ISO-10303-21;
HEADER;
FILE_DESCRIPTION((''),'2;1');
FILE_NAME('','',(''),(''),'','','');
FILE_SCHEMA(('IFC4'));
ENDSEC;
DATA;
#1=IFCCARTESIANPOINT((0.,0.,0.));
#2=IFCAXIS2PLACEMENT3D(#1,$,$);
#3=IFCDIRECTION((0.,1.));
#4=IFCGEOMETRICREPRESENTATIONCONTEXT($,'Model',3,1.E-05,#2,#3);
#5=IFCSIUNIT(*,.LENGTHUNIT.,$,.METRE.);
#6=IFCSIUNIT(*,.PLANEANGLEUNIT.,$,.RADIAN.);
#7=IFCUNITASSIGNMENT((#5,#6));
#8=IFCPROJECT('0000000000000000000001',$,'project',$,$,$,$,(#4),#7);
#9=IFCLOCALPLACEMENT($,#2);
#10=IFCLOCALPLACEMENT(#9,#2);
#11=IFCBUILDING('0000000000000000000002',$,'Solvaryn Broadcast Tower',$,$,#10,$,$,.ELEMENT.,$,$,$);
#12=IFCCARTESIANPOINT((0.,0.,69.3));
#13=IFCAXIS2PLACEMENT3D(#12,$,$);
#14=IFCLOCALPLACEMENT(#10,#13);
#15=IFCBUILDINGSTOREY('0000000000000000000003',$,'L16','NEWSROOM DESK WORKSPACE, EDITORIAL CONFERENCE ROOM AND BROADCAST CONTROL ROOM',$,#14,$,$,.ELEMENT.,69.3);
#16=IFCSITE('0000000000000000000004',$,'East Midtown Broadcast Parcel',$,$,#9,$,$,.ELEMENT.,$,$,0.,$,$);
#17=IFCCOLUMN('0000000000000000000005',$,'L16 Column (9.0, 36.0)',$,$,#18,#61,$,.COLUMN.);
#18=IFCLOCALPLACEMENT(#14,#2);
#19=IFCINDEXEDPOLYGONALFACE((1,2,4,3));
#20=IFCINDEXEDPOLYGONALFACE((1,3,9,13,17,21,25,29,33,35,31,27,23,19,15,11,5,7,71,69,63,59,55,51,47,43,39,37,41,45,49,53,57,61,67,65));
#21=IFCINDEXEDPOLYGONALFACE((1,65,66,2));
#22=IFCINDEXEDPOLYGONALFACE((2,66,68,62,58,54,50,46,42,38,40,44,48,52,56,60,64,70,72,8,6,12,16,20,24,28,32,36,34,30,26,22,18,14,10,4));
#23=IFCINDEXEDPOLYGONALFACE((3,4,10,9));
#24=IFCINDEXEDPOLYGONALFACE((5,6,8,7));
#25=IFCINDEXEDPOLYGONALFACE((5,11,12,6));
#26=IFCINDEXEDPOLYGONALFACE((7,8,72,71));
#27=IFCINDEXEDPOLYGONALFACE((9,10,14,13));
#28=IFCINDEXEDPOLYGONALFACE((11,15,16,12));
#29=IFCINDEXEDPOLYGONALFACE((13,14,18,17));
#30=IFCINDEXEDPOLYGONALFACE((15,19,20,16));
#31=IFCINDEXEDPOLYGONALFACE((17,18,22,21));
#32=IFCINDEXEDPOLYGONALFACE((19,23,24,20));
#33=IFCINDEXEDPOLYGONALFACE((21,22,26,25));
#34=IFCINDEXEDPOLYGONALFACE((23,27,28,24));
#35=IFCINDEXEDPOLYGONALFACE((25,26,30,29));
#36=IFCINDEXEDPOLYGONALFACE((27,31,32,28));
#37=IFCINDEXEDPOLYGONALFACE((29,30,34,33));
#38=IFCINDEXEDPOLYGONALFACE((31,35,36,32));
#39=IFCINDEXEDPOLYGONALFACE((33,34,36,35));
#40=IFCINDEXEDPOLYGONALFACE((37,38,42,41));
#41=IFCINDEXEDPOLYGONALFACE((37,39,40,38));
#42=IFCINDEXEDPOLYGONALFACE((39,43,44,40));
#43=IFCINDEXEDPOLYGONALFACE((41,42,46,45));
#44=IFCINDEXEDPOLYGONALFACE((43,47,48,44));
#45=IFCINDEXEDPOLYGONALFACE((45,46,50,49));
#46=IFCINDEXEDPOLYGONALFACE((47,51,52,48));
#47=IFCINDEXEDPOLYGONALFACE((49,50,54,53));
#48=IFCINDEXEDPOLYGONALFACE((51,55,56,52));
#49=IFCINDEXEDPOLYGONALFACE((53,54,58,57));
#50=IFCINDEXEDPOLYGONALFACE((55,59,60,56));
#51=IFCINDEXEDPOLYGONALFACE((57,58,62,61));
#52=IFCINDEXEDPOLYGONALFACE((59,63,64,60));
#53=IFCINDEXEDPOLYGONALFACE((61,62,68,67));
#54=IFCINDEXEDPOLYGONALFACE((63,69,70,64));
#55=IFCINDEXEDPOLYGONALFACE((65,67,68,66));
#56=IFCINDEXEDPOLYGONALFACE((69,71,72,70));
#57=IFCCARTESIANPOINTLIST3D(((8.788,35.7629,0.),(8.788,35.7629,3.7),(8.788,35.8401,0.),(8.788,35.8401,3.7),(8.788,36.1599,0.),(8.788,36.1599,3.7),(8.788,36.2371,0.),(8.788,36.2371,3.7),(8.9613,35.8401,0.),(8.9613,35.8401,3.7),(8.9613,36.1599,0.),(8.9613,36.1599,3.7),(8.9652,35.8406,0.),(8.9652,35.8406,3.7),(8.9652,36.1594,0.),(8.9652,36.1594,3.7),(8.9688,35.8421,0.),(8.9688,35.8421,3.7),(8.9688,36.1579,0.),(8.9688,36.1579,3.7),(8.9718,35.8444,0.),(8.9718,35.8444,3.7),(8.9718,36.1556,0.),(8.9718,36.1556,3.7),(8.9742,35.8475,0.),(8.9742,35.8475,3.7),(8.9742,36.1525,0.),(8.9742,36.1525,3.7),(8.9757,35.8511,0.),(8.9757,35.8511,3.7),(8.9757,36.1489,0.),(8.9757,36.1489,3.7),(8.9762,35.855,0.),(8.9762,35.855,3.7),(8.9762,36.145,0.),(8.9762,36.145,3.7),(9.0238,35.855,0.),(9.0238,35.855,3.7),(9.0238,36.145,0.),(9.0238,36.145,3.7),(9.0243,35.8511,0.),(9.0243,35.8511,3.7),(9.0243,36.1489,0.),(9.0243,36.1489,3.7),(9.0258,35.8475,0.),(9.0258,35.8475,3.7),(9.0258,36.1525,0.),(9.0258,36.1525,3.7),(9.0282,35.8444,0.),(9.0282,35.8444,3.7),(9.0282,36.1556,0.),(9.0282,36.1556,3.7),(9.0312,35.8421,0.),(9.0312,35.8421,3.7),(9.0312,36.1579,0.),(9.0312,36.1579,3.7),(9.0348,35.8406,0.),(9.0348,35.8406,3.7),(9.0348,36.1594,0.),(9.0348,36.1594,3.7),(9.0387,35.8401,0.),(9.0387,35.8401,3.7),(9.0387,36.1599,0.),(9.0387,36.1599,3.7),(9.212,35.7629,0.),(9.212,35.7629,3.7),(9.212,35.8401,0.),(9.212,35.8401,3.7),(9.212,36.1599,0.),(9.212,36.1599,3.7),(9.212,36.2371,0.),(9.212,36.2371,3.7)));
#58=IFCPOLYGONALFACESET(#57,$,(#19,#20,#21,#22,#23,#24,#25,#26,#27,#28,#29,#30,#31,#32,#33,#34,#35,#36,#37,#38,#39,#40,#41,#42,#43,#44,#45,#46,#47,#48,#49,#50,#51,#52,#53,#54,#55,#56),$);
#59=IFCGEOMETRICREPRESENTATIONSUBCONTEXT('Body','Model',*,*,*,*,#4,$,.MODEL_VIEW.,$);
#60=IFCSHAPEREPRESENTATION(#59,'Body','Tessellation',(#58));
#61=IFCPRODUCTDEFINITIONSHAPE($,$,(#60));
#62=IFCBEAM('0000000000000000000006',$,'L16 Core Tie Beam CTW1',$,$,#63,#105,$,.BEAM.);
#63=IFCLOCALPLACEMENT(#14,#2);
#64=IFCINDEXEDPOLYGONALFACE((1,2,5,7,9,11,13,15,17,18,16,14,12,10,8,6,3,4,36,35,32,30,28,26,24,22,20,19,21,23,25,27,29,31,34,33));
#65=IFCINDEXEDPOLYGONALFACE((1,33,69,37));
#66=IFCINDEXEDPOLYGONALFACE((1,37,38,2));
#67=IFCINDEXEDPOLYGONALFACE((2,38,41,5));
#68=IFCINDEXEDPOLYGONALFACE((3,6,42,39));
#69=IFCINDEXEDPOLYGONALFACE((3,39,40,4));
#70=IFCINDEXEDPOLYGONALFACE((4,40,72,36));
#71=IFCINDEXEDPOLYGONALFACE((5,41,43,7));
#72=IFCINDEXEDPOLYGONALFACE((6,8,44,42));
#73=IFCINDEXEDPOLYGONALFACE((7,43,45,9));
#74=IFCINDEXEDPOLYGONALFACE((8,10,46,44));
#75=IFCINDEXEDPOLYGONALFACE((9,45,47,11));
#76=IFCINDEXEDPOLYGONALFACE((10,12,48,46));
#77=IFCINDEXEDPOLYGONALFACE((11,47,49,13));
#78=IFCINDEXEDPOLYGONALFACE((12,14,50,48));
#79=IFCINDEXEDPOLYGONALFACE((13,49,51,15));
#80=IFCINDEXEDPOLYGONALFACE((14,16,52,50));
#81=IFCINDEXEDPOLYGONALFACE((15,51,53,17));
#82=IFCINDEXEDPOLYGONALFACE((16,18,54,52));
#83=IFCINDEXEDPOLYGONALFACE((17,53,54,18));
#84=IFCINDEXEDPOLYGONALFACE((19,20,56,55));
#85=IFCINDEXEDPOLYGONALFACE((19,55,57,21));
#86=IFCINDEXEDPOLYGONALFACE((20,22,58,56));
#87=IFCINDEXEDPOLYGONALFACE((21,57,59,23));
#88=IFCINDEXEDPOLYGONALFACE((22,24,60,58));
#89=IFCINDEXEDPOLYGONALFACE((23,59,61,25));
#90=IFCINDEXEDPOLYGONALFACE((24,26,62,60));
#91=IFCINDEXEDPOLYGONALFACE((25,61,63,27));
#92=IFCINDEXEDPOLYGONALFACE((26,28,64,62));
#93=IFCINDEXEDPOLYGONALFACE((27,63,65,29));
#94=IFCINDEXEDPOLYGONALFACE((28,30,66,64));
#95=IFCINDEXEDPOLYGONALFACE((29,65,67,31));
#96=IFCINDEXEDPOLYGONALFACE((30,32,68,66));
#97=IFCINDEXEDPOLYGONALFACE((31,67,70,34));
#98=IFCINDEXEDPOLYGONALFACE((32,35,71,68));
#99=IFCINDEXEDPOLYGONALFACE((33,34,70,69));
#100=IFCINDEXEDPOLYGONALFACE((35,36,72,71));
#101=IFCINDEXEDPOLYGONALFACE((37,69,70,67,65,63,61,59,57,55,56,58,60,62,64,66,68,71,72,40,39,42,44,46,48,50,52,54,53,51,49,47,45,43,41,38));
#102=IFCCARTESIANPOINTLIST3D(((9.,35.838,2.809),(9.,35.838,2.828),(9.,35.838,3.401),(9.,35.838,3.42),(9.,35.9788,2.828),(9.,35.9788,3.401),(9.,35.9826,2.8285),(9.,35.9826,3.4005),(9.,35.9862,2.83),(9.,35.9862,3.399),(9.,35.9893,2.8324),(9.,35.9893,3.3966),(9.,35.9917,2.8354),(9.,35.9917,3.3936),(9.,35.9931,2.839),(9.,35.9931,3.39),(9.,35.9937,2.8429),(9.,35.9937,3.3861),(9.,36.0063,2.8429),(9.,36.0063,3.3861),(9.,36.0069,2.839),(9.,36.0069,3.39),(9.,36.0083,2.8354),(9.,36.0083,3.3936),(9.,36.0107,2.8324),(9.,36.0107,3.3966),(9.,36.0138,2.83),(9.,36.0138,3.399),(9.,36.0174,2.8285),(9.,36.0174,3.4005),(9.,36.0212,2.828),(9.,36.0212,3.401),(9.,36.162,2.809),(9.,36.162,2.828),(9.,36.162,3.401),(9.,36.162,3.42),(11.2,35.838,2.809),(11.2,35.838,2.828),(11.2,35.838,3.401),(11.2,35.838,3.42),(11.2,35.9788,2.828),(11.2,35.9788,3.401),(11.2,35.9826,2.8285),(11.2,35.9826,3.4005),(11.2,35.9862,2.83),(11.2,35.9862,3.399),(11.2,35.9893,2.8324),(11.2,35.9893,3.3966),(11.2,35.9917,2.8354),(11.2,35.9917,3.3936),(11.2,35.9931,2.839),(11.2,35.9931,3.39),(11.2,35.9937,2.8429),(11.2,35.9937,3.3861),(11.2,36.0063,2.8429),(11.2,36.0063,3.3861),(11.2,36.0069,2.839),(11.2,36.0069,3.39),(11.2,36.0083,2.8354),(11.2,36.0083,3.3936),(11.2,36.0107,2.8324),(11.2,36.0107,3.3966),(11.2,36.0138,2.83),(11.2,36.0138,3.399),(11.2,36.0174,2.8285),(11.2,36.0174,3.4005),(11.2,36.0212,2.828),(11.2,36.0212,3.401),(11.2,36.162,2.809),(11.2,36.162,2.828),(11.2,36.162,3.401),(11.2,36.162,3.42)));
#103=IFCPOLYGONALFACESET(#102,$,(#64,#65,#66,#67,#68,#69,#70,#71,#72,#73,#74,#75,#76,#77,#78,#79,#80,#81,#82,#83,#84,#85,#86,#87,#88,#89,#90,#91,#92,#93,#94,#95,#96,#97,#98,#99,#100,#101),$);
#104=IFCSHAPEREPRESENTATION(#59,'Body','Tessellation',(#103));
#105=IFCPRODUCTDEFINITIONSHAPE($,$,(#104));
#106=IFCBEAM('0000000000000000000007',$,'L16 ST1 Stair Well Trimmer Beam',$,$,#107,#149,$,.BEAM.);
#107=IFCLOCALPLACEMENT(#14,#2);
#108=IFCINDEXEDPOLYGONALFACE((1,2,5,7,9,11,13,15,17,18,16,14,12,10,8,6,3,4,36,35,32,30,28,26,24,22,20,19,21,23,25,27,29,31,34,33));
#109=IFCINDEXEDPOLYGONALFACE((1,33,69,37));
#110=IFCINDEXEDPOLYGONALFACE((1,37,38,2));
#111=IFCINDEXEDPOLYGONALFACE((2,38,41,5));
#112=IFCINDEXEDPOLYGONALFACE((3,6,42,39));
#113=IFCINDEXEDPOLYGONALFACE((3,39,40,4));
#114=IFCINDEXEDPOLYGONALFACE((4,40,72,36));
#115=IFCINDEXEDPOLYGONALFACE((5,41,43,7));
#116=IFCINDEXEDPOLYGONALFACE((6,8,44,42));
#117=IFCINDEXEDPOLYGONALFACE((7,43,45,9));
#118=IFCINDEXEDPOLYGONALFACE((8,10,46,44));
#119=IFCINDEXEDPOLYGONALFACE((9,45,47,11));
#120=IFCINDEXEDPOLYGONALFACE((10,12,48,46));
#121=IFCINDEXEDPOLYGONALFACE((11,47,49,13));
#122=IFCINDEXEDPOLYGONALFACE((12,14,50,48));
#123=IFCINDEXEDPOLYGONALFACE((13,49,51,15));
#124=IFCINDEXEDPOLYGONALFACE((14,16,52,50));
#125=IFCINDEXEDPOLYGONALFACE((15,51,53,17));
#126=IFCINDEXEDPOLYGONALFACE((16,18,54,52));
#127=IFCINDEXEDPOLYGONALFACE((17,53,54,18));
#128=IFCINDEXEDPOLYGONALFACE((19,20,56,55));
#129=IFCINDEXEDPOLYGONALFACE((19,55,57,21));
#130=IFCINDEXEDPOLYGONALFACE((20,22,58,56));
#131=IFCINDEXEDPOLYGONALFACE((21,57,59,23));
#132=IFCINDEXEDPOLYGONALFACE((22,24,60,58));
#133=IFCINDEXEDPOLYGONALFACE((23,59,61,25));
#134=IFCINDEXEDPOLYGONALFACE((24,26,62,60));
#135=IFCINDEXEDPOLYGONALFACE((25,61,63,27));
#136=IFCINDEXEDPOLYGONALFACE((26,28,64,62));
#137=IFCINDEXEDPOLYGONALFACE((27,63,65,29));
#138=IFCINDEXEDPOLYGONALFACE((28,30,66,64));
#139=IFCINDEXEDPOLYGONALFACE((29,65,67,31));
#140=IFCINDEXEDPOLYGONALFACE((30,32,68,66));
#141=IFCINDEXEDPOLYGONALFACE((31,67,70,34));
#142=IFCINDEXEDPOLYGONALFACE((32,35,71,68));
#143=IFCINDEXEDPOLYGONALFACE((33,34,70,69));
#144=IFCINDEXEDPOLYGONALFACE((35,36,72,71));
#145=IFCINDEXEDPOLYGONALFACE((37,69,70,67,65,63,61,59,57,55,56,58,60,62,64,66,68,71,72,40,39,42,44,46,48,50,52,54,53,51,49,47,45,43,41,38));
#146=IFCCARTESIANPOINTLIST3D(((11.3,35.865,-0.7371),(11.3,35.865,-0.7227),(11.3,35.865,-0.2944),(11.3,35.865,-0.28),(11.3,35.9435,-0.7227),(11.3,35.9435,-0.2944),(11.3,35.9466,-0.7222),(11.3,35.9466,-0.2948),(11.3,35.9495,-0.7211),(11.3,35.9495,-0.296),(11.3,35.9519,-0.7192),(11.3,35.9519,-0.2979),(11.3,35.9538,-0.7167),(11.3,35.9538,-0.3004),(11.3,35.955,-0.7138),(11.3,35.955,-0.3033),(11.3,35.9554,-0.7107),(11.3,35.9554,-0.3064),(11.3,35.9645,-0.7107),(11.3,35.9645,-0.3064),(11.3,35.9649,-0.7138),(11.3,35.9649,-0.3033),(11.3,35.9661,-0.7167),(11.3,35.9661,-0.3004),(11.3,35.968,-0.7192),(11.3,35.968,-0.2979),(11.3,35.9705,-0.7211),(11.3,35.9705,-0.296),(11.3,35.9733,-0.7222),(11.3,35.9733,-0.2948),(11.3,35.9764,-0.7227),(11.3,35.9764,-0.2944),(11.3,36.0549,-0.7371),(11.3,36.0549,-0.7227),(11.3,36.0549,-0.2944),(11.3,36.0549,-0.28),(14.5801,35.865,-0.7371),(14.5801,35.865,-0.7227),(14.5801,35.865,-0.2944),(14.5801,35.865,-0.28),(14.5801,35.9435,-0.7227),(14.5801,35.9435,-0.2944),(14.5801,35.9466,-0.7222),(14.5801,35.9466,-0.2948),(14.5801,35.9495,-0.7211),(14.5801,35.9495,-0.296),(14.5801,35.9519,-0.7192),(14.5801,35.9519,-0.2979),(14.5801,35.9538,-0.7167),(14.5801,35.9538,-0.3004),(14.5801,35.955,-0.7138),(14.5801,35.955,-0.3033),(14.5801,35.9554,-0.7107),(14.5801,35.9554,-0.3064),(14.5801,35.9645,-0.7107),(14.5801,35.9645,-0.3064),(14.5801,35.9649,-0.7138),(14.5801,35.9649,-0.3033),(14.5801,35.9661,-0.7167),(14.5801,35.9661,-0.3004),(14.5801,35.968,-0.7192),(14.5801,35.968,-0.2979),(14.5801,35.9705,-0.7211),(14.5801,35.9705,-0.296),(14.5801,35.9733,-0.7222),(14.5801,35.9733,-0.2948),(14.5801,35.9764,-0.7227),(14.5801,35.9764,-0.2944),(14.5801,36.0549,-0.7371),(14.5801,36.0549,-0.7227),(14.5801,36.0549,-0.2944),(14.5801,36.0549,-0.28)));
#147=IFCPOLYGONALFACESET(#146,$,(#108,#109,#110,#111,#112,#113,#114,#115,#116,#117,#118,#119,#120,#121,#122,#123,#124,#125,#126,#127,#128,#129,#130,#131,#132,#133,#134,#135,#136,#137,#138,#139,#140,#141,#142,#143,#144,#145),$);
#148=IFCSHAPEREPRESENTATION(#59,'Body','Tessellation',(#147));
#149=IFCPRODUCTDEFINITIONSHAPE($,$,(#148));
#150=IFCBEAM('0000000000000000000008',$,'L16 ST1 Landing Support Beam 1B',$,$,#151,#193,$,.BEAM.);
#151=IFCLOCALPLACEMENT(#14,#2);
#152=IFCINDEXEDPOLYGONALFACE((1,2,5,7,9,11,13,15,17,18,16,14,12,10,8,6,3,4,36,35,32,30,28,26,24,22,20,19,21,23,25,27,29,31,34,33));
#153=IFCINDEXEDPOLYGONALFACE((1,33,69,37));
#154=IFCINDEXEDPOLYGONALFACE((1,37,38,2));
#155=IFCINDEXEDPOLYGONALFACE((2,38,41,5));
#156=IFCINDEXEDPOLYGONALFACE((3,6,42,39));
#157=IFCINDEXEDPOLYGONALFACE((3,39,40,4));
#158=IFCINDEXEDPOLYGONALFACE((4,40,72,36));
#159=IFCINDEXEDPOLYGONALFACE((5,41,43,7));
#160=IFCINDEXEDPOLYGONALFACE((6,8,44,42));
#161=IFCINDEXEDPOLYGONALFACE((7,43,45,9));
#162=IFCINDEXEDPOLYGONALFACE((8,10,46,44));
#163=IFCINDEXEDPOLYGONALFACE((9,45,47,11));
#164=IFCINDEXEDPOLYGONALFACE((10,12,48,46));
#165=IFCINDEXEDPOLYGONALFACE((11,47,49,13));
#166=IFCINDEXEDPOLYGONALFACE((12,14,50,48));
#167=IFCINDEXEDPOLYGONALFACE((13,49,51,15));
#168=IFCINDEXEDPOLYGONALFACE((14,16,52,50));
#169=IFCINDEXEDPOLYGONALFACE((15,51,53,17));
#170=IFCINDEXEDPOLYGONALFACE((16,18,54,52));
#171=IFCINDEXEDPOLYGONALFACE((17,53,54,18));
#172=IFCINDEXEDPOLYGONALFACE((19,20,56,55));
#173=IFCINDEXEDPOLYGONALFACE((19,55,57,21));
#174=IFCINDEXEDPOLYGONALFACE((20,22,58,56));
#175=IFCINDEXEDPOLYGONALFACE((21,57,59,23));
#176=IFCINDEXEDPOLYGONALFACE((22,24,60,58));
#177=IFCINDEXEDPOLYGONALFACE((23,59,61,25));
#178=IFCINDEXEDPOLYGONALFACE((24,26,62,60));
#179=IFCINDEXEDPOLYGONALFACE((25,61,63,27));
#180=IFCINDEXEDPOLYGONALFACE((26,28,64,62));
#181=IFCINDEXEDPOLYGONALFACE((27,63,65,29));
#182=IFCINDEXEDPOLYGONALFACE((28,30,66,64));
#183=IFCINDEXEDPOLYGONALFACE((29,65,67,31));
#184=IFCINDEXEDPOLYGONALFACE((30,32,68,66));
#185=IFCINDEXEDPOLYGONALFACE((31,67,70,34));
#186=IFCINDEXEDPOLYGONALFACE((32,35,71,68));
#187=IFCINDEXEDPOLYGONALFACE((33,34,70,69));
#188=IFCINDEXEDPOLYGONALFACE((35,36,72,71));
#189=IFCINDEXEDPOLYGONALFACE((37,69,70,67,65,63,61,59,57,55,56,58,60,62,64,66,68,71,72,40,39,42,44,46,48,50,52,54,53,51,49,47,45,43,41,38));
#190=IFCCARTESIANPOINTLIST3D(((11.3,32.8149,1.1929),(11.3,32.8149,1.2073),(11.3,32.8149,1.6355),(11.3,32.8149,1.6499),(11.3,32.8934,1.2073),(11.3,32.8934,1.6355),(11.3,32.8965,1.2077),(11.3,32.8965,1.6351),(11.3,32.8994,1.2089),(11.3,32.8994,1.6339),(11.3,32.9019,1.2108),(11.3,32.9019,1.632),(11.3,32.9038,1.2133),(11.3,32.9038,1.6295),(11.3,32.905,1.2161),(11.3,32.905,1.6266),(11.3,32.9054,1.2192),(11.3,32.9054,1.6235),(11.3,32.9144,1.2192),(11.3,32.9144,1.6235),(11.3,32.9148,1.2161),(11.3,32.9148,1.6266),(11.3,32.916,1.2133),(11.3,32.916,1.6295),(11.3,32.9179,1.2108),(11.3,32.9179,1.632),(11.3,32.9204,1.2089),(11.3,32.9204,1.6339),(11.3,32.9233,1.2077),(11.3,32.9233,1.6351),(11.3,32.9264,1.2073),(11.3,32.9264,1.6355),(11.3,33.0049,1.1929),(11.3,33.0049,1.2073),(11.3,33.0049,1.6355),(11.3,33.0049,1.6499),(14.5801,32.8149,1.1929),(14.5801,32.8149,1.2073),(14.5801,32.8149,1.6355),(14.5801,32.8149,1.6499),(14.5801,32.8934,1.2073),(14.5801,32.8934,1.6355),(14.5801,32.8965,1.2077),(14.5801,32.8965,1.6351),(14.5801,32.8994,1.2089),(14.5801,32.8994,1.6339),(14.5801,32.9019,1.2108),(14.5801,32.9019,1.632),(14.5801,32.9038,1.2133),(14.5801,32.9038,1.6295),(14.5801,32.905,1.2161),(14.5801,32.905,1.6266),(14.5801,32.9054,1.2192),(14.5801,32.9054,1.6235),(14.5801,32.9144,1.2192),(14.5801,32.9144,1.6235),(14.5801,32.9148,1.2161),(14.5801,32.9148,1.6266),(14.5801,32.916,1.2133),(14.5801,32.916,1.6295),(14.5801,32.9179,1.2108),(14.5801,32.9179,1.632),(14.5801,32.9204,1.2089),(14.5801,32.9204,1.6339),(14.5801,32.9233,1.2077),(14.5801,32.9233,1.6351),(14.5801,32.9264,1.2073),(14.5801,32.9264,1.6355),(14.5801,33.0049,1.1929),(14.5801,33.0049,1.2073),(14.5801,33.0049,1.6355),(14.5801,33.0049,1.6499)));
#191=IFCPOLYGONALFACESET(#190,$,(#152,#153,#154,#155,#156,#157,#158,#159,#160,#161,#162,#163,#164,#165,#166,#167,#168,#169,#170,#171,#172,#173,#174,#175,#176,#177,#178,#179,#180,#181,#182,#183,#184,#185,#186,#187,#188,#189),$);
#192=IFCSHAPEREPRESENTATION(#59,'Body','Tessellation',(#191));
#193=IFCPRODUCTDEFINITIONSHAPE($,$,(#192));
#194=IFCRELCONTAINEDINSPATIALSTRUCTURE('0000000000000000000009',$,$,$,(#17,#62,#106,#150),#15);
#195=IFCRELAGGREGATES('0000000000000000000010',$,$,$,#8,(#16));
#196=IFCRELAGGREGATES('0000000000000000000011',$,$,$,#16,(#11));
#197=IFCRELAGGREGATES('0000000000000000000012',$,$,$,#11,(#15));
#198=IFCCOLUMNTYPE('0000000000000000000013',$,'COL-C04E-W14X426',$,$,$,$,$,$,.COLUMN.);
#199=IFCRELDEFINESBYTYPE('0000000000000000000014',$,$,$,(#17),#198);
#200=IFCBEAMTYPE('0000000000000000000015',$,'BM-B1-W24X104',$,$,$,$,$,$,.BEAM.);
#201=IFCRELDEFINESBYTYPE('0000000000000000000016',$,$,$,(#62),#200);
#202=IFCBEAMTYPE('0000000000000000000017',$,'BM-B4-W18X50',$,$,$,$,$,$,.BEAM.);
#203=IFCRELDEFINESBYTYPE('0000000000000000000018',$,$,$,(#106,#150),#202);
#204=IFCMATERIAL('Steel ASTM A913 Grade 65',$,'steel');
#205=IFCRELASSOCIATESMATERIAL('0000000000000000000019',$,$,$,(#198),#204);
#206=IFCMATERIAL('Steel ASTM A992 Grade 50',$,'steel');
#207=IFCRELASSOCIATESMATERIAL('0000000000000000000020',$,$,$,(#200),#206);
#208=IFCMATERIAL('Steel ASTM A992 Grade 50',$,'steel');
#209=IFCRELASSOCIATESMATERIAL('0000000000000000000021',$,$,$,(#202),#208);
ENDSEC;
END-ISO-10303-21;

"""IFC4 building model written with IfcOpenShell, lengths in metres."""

from ifc_helpers import new_model, si_unit, direction, frame, origin, origin_2d, place, context, subcontext, project, spatial, i_section, extrude, material, material_profile, profile_set, type_object, element, save


model = new_model("IFC4")

# Units and contexts
model_context = context("Model", 3, precision=1e-05, world=origin(), true_north=direction((0.0, 1.0)))
body_context = subcontext(model_context, "Body", "Model", "MODEL_VIEW")
ifc_project = project(units=[si_unit("LENGTHUNIT", "METRE"), si_unit("PLANEANGLEUNIT", "RADIAN")], contexts=[model_context])

# Site, building, storey
site_placement = place(None, origin())
site = spatial("IfcSite", under=ifc_project, at=site_placement, Name="East Midtown Broadcast Parcel", CompositionType="ELEMENT", RefElevation=0.0)
building_placement = place(site_placement, origin())
building = spatial("IfcBuilding", under=site, at=building_placement, Name="Solvaryn Broadcast Tower", CompositionType="ELEMENT")
storey_placement = place(building_placement, frame((0.0, 0.0, 69.3)))
storey = spatial("IfcBuildingStorey", under=building, at=storey_placement, Name="L16", Description="NEWSROOM DESK WORKSPACE, EDITORIAL CONFERENCE ROOM AND BROADCAST CONTROL ROOM", CompositionType="ELEMENT", Elevation=69.3)

# Column
ifc_material_1 = material(Name="Steel ASTM A913 Grade 65", Category="steel")
ifc_material_profile_1 = material_profile(ifc_material_1, i_section(OverallWidth=0.4241, OverallDepth=0.4741, WebThickness=0.0476, FlangeThickness=0.0771, FilletRadius=0.0149, at=origin_2d()))
ifc_profile_set_1 = profile_set([ifc_material_profile_1], Name="Steel ASTM A913 Grade 65")
column_type = type_object("IfcColumnType", Name="COL-C04E-W14X426", PredefinedType="COLUMN", material=ifc_profile_set_1)
column_placement = place(storey_placement, frame((9.0, 36.0, 0.0), z_axis=(0.0, 0.0, 1.0), x_axis=(1.0, 0.0, 0.0)))
element("IfcColumn", 1, at=column_placement, inside=storey, type_object=column_type, Name="L16 Column (9.0, 36.0)", PredefinedType="COLUMN", context=body_context, shape_type="SweptSolid", body=[
    extrude(i_section(OverallWidth=0.4241, OverallDepth=0.4741, WebThickness=0.0476, FlangeThickness=0.0771, FilletRadius=0.0149, at=origin_2d()), origin(), (0.0, 0.0, 1.0), 3.7),
])

# Beams
ifc_material_2 = material(Name="Steel ASTM A992 Grade 50", Category="steel")
ifc_material_profile_2 = material_profile(ifc_material_2, i_section(OverallWidth=0.324, OverallDepth=0.6111, WebThickness=0.0127, FlangeThickness=0.019, FilletRadius=0.0149, at=origin_2d()))
ifc_profile_set_2 = profile_set([ifc_material_profile_2], Name="Steel ASTM A992 Grade 50")
beam_type_1 = type_object("IfcBeamType", Name="BM-B1-W24X104", PredefinedType="BEAM", material=ifc_profile_set_2)
beam_1_placement = place(storey_placement, frame((9.0, 36.0, 3.1145), z_axis=(1.0, 0.0, 0.0), x_axis=(0.0, 1.0, 0.0)))
element("IfcBeam", 2, at=beam_1_placement, inside=storey, type_object=beam_type_1, Name="L16 Core Tie Beam CTW1", PredefinedType="BEAM", context=body_context, shape_type="SweptSolid", body=[
    extrude(i_section(OverallWidth=0.324, OverallDepth=0.6111, WebThickness=0.0127, FlangeThickness=0.019, FilletRadius=0.0149, at=origin_2d()), origin(), (0.0, 0.0, 1.0), 2.2),
])
ifc_material_3 = material(Name="Steel ASTM A992 Grade 50", Category="steel")
ifc_material_profile_3 = material_profile(ifc_material_3, i_section(OverallWidth=0.1899, OverallDepth=0.457, WebThickness=0.009, FlangeThickness=0.0144, FilletRadius=0.012, at=origin_2d()))
ifc_profile_set_3 = profile_set([ifc_material_profile_3], Name="Steel ASTM A992 Grade 50")
beam_type_2 = type_object("IfcBeamType", Name="BM-B4-W18X50", PredefinedType="BEAM", material=ifc_profile_set_3)
for number, where, z_axis, x_axis, name in (
    (3, (11.3, 35.96, -0.5085), (1.0, 0.0, 0.0), (0.0, 1.0, 0.0), "L16 ST1 Stair Well Trimmer Beam"),
    (4, (11.3, 32.9099, 1.4214), (1.0, 0.0, 0.0), (0.0, 1.0, 0.0), "L16 ST1 Landing Support Beam 1B"),
):
    element("IfcBeam", number, at=place(storey_placement, frame(where, z_axis=z_axis, x_axis=x_axis)), inside=storey, type_object=beam_type_2, Name=name, PredefinedType="BEAM", context=body_context, shape_type="SweptSolid", body=[
        extrude(i_section(OverallWidth=0.1899, OverallDepth=0.457, WebThickness=0.009, FlangeThickness=0.0144, FilletRadius=0.012, at=origin_2d()), origin(), (0.0, 0.0, 1.0), 3.28),
    ])

save(model, "model.ifc")
